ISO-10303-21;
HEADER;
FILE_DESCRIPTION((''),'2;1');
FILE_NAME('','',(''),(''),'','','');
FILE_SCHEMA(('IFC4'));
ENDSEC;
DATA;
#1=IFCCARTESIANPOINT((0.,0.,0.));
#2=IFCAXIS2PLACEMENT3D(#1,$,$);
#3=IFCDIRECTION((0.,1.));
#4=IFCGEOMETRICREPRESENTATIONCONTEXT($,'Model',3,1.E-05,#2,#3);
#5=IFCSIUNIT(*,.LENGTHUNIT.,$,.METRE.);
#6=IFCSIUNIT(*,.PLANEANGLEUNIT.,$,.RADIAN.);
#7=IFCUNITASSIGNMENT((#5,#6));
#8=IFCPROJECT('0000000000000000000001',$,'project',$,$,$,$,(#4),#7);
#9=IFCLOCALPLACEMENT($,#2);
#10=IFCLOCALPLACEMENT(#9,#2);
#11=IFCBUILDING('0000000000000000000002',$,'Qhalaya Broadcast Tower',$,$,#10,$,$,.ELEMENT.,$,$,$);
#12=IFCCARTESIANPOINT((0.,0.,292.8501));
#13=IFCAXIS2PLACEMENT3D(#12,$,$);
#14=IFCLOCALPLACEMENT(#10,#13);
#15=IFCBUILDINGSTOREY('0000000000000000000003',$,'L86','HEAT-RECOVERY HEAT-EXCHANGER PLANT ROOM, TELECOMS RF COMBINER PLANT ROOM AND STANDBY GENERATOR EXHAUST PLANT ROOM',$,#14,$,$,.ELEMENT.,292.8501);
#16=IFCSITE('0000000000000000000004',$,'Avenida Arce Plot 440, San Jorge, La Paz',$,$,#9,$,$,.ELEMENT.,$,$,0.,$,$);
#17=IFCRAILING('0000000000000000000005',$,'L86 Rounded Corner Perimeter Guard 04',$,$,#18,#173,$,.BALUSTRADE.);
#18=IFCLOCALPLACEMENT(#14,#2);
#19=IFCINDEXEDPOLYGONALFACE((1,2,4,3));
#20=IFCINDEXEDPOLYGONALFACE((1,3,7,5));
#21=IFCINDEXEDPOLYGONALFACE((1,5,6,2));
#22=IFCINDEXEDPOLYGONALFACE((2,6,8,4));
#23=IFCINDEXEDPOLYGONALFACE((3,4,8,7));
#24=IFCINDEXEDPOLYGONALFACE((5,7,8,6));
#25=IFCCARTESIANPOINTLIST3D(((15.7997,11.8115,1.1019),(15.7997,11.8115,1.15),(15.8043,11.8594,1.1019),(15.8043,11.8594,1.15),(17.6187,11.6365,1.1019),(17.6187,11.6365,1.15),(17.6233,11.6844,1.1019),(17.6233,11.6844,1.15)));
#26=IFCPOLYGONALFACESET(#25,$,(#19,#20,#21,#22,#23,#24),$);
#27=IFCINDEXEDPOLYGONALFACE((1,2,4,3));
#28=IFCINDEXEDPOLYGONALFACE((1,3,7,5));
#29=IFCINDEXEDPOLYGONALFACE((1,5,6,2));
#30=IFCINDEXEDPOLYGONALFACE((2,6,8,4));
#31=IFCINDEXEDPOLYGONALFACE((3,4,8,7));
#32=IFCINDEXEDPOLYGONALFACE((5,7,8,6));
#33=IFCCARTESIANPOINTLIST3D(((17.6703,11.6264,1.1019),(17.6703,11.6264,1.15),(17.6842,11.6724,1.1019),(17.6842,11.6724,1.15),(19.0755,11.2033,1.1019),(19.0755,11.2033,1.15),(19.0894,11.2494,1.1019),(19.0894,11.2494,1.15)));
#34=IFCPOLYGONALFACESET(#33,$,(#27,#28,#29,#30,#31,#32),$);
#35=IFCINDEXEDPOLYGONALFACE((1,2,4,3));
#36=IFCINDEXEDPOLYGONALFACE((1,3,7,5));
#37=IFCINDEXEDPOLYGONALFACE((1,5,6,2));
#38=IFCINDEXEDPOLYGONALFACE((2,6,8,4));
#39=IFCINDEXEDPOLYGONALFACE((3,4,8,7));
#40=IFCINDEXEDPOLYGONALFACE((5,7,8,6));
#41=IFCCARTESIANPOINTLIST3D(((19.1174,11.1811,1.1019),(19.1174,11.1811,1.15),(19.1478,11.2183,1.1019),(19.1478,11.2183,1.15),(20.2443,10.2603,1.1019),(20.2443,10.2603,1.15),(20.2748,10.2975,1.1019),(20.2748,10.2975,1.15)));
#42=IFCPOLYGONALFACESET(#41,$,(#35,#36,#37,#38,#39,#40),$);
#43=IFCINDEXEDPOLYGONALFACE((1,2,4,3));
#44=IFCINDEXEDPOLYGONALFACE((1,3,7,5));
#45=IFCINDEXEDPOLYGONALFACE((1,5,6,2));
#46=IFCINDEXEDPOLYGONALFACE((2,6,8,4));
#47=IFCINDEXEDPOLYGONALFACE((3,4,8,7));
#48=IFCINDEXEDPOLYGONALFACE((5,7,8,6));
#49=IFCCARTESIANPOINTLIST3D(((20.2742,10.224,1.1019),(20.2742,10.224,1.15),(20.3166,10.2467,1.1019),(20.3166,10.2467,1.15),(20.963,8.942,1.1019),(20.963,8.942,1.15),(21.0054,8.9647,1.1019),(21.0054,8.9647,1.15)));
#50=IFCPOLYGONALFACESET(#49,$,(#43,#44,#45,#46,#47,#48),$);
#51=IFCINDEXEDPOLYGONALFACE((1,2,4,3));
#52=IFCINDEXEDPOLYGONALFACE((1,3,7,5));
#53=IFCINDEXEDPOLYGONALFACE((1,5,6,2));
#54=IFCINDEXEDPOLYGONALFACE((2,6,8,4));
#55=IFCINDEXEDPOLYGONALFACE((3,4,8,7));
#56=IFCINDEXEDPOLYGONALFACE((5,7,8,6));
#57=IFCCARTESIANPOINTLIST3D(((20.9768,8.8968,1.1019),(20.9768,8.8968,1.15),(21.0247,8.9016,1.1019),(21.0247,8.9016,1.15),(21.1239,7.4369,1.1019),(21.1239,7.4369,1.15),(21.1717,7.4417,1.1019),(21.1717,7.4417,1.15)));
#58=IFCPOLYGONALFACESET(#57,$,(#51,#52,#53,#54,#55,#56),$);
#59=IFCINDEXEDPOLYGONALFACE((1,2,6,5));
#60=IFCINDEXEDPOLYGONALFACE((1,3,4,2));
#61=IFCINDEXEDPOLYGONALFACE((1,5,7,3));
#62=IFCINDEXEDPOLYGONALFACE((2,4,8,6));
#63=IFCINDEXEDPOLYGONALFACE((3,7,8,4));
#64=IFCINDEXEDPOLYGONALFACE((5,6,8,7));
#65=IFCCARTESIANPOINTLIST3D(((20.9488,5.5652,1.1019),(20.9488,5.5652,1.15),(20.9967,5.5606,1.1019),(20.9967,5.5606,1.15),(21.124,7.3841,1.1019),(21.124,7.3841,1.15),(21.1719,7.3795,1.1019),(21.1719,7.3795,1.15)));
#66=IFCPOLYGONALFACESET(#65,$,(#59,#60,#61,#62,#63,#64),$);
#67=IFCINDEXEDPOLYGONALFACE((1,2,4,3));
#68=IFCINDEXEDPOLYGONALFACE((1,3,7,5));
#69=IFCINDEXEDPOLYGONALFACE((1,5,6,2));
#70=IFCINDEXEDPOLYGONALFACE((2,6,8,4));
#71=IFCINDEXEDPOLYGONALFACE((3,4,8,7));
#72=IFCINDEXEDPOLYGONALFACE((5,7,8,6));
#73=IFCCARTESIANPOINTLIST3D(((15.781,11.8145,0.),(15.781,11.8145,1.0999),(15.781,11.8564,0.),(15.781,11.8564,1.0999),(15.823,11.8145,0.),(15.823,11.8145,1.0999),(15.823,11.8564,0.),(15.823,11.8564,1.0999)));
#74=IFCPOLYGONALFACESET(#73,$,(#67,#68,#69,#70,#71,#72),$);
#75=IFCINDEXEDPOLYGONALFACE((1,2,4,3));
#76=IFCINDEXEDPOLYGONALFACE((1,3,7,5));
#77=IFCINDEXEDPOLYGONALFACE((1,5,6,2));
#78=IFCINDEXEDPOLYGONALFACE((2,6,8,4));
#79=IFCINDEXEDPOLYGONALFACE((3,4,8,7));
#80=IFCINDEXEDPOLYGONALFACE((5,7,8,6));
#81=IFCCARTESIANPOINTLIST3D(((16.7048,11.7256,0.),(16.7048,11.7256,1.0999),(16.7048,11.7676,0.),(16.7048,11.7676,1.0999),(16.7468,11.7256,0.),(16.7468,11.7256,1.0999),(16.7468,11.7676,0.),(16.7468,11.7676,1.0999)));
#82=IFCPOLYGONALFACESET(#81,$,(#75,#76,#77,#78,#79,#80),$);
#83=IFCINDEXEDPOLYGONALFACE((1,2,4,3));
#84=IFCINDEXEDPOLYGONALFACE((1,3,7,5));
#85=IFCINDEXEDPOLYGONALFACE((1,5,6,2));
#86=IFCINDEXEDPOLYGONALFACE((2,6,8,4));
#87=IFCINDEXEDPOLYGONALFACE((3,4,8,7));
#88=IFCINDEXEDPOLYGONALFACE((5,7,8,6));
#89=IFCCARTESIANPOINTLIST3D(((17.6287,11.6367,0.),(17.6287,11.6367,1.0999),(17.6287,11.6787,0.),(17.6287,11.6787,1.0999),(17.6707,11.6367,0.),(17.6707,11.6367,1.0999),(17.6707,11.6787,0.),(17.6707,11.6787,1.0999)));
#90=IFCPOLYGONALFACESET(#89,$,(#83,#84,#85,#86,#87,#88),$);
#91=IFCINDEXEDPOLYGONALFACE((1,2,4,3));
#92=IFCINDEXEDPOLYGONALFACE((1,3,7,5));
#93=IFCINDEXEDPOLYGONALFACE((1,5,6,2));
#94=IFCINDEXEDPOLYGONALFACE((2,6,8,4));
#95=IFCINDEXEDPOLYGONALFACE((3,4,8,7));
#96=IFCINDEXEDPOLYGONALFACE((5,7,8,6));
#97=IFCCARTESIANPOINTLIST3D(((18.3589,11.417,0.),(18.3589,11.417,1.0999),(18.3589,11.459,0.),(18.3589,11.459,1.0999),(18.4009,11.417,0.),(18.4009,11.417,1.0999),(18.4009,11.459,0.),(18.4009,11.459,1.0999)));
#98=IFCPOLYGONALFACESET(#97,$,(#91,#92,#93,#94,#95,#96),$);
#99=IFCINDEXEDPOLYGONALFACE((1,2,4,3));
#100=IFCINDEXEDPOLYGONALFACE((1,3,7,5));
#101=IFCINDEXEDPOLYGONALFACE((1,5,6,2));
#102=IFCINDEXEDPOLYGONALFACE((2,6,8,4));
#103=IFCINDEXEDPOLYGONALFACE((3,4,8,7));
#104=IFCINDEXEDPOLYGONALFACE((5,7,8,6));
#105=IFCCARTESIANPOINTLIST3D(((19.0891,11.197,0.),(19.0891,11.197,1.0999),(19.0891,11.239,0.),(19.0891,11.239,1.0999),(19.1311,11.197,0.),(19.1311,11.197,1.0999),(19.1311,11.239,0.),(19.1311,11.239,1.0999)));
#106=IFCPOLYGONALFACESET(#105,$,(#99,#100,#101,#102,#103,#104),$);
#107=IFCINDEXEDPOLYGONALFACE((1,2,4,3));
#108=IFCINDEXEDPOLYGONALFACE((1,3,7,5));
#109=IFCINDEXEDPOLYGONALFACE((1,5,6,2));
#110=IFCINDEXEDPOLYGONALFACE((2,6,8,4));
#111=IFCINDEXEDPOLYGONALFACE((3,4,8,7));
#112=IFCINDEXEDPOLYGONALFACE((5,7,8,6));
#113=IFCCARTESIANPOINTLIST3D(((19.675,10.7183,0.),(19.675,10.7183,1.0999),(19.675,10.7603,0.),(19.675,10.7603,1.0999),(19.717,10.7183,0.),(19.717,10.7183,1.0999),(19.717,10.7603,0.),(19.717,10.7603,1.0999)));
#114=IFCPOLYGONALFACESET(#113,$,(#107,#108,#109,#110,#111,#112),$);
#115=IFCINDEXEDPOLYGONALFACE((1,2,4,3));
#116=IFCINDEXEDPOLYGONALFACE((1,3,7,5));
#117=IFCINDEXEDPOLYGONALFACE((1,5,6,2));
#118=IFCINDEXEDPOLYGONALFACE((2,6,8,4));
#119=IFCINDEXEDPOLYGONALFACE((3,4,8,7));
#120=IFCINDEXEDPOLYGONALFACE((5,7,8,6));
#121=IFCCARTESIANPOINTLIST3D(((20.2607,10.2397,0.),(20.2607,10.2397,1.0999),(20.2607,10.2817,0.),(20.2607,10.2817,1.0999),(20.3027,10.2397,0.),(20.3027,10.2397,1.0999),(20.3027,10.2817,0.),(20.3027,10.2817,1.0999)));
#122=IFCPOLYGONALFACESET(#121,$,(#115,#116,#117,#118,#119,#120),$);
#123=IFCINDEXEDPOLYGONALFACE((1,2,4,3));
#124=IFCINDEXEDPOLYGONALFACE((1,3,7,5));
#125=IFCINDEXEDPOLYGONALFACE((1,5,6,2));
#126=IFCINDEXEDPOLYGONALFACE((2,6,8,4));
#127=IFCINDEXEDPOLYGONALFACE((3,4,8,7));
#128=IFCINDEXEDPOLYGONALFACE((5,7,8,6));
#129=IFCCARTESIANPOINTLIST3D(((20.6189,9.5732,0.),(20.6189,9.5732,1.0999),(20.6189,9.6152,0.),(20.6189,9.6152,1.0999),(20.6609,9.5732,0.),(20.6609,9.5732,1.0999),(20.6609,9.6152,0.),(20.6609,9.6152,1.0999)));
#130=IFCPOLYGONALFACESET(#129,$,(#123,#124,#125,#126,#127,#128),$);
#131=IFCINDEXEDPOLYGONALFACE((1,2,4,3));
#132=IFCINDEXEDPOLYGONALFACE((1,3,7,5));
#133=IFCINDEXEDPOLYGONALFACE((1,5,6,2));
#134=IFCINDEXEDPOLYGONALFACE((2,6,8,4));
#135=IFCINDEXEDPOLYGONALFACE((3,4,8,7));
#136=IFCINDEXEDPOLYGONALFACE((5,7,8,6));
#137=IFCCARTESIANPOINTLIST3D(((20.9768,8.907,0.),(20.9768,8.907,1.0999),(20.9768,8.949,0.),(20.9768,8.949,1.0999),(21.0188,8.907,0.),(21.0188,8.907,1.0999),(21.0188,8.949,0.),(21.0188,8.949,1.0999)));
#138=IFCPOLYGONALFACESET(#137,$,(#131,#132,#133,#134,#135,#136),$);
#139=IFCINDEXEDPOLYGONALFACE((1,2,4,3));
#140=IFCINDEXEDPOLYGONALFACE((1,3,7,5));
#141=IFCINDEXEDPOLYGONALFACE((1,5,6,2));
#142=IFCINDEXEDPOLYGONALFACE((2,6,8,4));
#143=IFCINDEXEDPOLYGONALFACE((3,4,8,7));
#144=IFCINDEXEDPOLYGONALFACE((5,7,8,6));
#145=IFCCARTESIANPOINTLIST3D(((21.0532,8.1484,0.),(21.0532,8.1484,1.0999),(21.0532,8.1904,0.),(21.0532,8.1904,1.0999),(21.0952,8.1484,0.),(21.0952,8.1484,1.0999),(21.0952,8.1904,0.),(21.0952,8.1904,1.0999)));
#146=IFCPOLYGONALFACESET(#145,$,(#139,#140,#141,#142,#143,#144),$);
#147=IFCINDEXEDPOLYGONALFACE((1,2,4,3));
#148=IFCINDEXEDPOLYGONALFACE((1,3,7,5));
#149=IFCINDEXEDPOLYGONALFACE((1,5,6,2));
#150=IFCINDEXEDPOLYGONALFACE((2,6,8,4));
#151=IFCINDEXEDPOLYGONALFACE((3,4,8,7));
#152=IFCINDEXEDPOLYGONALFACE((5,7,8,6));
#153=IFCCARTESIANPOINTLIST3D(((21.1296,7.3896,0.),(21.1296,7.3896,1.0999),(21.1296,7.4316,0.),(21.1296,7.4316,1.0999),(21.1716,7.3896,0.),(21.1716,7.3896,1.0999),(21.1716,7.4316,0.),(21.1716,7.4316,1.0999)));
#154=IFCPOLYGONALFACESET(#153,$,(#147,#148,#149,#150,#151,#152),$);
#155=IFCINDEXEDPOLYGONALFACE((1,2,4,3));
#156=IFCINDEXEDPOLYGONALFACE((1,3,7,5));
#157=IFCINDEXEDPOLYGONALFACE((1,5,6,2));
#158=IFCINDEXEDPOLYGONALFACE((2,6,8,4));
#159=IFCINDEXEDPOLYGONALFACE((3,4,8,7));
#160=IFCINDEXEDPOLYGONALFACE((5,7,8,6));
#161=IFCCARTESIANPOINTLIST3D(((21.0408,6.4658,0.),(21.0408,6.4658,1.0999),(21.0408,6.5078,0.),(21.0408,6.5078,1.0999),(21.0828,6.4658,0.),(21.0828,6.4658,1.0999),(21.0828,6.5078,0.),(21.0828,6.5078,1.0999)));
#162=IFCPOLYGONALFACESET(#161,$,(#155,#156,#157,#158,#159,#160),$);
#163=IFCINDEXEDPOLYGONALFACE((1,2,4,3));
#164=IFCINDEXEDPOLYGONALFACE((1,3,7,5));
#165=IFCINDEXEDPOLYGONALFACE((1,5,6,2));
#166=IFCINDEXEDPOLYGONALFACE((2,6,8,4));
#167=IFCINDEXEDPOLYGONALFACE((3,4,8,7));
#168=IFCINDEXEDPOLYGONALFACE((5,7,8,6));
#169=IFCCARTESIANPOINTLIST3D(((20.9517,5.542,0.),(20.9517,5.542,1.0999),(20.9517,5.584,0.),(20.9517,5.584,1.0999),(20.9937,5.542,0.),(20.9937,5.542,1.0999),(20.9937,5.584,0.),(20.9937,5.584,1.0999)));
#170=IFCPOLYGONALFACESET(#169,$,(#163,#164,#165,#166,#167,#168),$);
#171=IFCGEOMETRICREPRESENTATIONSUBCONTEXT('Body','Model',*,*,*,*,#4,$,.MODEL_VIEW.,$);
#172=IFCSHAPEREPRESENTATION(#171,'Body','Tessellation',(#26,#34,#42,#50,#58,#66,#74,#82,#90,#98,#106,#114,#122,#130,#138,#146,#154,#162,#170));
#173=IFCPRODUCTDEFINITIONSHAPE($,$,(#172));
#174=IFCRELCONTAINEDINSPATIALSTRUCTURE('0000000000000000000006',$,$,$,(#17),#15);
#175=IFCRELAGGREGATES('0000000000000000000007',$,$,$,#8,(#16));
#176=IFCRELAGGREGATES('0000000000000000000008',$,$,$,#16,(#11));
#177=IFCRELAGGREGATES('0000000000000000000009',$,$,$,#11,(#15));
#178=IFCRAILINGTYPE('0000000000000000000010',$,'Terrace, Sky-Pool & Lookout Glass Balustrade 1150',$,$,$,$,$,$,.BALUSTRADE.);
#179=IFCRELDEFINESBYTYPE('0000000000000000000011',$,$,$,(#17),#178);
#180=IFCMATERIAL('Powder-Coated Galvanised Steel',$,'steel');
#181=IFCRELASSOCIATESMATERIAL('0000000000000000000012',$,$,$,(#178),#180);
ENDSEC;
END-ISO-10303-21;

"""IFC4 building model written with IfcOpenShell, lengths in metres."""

from ifc_helpers import new_model, si_unit, direction, frame, origin, origin_2d, place, context, subcontext, project, spatial, rectangle, extrude, material, type_object, element, save


model = new_model("IFC4")

# Units and contexts
model_context = context("Model", 3, precision=1e-05, world=origin(), true_north=direction((0.0, 1.0)))
body_context = subcontext(model_context, "Body", "Model", "MODEL_VIEW")
ifc_project = project(units=[si_unit("LENGTHUNIT", "METRE"), si_unit("PLANEANGLEUNIT", "RADIAN")], contexts=[model_context])

# Site, building, storey
site_placement = place(None, origin())
site = spatial("IfcSite", under=ifc_project, at=site_placement, Name="Avenida Arce Plot 440, San Jorge, La Paz", CompositionType="ELEMENT", RefElevation=0.0)
building_placement = place(site_placement, origin())
building = spatial("IfcBuilding", under=site, at=building_placement, Name="Qhalaya Broadcast Tower", CompositionType="ELEMENT")
storey_placement = place(building_placement, frame((0.0, 0.0, 292.8501)))
storey = spatial("IfcBuildingStorey", under=building, at=storey_placement, Name="L86", Description="HEAT-RECOVERY HEAT-EXCHANGER PLANT ROOM, TELECOMS RF COMBINER PLANT ROOM AND STANDBY GENERATOR EXHAUST PLANT ROOM", CompositionType="ELEMENT", Elevation=292.8501)

# Railing
ifc_material_1 = material(Name="Powder-Coated Galvanised Steel", Category="steel")
railing_type = type_object("IfcRailingType", Name="Terrace, Sky-Pool & Lookout Glass Balustrade 1150", PredefinedType="BALUSTRADE", material=ifc_material_1)
railing_placement = place(storey_placement, frame((15.802, 11.8354, 0.0)))
element("IfcRailing", 1, at=railing_placement, inside=storey, type_object=railing_type, Name="L86 Rounded Corner Perimeter Guard 04", PredefinedType="BALUSTRADE", context=body_context, shape_type="SweptSolid", body=[
    extrude(rectangle(XDim=0.0481, YDim=0.0481, at=origin_2d()), frame((0.0, 0.0, 1.126), z_axis=(0.995405, -0.095753, 0.0), x_axis=(0.095753, 0.995405, 0.0)), (0.0, 0.0, 1.0), 1.8274),
    extrude(rectangle(XDim=0.0481, YDim=0.0481, at=origin_2d()), frame((1.8752, -0.186, 1.126), z_axis=(0.957544, -0.288288, 0.0), x_axis=(0.288288, 0.957544, 0.0)), (0.0, 0.0, 1.0), 1.4675),
    extrude(rectangle(XDim=0.0481, YDim=0.0481, at=origin_2d()), frame((3.3306, -0.6357, 1.126), z_axis=(0.774388, -0.63271, 0.0), x_axis=(0.63271, 0.774388, 0.0)), (0.0, 0.0, 1.0), 1.4553),
    extrude(rectangle(XDim=0.0481, YDim=0.0481, at=origin_2d()), frame((4.4934, -1.6001, 1.126), z_axis=(0.473291, -0.880906, 0.0), x_axis=(0.880906, 0.473291, 0.0)), (0.0, 0.0, 1.0), 1.4553),
    extrude(rectangle(XDim=0.0481, YDim=0.0481, at=origin_2d()), frame((5.1987, -2.9363, 1.126), z_axis=(0.100217, -0.994966, 0.0), x_axis=(0.994966, 0.100217, 0.0)), (0.0, 0.0, 1.0), 1.4673),
    extrude(rectangle(XDim=0.0481, YDim=0.0481, at=origin_2d()), frame((5.3459, -4.4536, 1.126), z_axis=(-0.095883, -0.995393, 0.0), x_axis=(0.995393, -0.095883, 0.0)), (0.0, 0.0, 1.0), 1.8274),
    extrude(rectangle(XDim=0.042, YDim=0.042, at=origin_2d()), origin(), (0.0, 0.0, 1.0), 1.0999),
    extrude(rectangle(XDim=0.042, YDim=0.042, at=origin_2d()), frame((0.9238, -0.0889, 0.0)), (0.0, 0.0, 1.0), 1.0999),
    extrude(rectangle(XDim=0.042, YDim=0.042, at=origin_2d()), frame((1.8477, -0.1777, 0.0)), (0.0, 0.0, 1.0), 1.0999),
    extrude(rectangle(XDim=0.042, YDim=0.042, at=origin_2d()), frame((2.5779, -0.3975, 0.0)), (0.0, 0.0, 1.0), 1.0999),
    extrude(rectangle(XDim=0.042, YDim=0.042, at=origin_2d()), frame((3.3081, -0.6174, 0.0)), (0.0, 0.0, 1.0), 1.0999),
    extrude(rectangle(XDim=0.042, YDim=0.042, at=origin_2d()), frame((3.894, -1.0962, 0.0)), (0.0, 0.0, 1.0), 1.0999),
    extrude(rectangle(XDim=0.042, YDim=0.042, at=origin_2d()), frame((4.4797, -1.5747, 0.0)), (0.0, 0.0, 1.0), 1.0999),
    extrude(rectangle(XDim=0.042, YDim=0.042, at=origin_2d()), frame((4.8379, -2.2412, 0.0)), (0.0, 0.0, 1.0), 1.0999),
    extrude(rectangle(XDim=0.042, YDim=0.042, at=origin_2d()), frame((5.1958, -2.9075, 0.0)), (0.0, 0.0, 1.0), 1.0999),
    extrude(rectangle(XDim=0.042, YDim=0.042, at=origin_2d()), frame((5.2722, -3.666, 0.0)), (0.0, 0.0, 1.0), 1.0999),
    extrude(rectangle(XDim=0.042, YDim=0.042, at=origin_2d()), frame((5.3486, -4.4248, 0.0)), (0.0, 0.0, 1.0), 1.0999),
    extrude(rectangle(XDim=0.042, YDim=0.042, at=origin_2d()), frame((5.2598, -5.3486, 0.0)), (0.0, 0.0, 1.0), 1.0999),
    extrude(rectangle(XDim=0.042, YDim=0.042, at=origin_2d()), frame((5.1707, -6.2725, 0.0)), (0.0, 0.0, 1.0), 1.0999),
])

save(model, "model.ifc")
